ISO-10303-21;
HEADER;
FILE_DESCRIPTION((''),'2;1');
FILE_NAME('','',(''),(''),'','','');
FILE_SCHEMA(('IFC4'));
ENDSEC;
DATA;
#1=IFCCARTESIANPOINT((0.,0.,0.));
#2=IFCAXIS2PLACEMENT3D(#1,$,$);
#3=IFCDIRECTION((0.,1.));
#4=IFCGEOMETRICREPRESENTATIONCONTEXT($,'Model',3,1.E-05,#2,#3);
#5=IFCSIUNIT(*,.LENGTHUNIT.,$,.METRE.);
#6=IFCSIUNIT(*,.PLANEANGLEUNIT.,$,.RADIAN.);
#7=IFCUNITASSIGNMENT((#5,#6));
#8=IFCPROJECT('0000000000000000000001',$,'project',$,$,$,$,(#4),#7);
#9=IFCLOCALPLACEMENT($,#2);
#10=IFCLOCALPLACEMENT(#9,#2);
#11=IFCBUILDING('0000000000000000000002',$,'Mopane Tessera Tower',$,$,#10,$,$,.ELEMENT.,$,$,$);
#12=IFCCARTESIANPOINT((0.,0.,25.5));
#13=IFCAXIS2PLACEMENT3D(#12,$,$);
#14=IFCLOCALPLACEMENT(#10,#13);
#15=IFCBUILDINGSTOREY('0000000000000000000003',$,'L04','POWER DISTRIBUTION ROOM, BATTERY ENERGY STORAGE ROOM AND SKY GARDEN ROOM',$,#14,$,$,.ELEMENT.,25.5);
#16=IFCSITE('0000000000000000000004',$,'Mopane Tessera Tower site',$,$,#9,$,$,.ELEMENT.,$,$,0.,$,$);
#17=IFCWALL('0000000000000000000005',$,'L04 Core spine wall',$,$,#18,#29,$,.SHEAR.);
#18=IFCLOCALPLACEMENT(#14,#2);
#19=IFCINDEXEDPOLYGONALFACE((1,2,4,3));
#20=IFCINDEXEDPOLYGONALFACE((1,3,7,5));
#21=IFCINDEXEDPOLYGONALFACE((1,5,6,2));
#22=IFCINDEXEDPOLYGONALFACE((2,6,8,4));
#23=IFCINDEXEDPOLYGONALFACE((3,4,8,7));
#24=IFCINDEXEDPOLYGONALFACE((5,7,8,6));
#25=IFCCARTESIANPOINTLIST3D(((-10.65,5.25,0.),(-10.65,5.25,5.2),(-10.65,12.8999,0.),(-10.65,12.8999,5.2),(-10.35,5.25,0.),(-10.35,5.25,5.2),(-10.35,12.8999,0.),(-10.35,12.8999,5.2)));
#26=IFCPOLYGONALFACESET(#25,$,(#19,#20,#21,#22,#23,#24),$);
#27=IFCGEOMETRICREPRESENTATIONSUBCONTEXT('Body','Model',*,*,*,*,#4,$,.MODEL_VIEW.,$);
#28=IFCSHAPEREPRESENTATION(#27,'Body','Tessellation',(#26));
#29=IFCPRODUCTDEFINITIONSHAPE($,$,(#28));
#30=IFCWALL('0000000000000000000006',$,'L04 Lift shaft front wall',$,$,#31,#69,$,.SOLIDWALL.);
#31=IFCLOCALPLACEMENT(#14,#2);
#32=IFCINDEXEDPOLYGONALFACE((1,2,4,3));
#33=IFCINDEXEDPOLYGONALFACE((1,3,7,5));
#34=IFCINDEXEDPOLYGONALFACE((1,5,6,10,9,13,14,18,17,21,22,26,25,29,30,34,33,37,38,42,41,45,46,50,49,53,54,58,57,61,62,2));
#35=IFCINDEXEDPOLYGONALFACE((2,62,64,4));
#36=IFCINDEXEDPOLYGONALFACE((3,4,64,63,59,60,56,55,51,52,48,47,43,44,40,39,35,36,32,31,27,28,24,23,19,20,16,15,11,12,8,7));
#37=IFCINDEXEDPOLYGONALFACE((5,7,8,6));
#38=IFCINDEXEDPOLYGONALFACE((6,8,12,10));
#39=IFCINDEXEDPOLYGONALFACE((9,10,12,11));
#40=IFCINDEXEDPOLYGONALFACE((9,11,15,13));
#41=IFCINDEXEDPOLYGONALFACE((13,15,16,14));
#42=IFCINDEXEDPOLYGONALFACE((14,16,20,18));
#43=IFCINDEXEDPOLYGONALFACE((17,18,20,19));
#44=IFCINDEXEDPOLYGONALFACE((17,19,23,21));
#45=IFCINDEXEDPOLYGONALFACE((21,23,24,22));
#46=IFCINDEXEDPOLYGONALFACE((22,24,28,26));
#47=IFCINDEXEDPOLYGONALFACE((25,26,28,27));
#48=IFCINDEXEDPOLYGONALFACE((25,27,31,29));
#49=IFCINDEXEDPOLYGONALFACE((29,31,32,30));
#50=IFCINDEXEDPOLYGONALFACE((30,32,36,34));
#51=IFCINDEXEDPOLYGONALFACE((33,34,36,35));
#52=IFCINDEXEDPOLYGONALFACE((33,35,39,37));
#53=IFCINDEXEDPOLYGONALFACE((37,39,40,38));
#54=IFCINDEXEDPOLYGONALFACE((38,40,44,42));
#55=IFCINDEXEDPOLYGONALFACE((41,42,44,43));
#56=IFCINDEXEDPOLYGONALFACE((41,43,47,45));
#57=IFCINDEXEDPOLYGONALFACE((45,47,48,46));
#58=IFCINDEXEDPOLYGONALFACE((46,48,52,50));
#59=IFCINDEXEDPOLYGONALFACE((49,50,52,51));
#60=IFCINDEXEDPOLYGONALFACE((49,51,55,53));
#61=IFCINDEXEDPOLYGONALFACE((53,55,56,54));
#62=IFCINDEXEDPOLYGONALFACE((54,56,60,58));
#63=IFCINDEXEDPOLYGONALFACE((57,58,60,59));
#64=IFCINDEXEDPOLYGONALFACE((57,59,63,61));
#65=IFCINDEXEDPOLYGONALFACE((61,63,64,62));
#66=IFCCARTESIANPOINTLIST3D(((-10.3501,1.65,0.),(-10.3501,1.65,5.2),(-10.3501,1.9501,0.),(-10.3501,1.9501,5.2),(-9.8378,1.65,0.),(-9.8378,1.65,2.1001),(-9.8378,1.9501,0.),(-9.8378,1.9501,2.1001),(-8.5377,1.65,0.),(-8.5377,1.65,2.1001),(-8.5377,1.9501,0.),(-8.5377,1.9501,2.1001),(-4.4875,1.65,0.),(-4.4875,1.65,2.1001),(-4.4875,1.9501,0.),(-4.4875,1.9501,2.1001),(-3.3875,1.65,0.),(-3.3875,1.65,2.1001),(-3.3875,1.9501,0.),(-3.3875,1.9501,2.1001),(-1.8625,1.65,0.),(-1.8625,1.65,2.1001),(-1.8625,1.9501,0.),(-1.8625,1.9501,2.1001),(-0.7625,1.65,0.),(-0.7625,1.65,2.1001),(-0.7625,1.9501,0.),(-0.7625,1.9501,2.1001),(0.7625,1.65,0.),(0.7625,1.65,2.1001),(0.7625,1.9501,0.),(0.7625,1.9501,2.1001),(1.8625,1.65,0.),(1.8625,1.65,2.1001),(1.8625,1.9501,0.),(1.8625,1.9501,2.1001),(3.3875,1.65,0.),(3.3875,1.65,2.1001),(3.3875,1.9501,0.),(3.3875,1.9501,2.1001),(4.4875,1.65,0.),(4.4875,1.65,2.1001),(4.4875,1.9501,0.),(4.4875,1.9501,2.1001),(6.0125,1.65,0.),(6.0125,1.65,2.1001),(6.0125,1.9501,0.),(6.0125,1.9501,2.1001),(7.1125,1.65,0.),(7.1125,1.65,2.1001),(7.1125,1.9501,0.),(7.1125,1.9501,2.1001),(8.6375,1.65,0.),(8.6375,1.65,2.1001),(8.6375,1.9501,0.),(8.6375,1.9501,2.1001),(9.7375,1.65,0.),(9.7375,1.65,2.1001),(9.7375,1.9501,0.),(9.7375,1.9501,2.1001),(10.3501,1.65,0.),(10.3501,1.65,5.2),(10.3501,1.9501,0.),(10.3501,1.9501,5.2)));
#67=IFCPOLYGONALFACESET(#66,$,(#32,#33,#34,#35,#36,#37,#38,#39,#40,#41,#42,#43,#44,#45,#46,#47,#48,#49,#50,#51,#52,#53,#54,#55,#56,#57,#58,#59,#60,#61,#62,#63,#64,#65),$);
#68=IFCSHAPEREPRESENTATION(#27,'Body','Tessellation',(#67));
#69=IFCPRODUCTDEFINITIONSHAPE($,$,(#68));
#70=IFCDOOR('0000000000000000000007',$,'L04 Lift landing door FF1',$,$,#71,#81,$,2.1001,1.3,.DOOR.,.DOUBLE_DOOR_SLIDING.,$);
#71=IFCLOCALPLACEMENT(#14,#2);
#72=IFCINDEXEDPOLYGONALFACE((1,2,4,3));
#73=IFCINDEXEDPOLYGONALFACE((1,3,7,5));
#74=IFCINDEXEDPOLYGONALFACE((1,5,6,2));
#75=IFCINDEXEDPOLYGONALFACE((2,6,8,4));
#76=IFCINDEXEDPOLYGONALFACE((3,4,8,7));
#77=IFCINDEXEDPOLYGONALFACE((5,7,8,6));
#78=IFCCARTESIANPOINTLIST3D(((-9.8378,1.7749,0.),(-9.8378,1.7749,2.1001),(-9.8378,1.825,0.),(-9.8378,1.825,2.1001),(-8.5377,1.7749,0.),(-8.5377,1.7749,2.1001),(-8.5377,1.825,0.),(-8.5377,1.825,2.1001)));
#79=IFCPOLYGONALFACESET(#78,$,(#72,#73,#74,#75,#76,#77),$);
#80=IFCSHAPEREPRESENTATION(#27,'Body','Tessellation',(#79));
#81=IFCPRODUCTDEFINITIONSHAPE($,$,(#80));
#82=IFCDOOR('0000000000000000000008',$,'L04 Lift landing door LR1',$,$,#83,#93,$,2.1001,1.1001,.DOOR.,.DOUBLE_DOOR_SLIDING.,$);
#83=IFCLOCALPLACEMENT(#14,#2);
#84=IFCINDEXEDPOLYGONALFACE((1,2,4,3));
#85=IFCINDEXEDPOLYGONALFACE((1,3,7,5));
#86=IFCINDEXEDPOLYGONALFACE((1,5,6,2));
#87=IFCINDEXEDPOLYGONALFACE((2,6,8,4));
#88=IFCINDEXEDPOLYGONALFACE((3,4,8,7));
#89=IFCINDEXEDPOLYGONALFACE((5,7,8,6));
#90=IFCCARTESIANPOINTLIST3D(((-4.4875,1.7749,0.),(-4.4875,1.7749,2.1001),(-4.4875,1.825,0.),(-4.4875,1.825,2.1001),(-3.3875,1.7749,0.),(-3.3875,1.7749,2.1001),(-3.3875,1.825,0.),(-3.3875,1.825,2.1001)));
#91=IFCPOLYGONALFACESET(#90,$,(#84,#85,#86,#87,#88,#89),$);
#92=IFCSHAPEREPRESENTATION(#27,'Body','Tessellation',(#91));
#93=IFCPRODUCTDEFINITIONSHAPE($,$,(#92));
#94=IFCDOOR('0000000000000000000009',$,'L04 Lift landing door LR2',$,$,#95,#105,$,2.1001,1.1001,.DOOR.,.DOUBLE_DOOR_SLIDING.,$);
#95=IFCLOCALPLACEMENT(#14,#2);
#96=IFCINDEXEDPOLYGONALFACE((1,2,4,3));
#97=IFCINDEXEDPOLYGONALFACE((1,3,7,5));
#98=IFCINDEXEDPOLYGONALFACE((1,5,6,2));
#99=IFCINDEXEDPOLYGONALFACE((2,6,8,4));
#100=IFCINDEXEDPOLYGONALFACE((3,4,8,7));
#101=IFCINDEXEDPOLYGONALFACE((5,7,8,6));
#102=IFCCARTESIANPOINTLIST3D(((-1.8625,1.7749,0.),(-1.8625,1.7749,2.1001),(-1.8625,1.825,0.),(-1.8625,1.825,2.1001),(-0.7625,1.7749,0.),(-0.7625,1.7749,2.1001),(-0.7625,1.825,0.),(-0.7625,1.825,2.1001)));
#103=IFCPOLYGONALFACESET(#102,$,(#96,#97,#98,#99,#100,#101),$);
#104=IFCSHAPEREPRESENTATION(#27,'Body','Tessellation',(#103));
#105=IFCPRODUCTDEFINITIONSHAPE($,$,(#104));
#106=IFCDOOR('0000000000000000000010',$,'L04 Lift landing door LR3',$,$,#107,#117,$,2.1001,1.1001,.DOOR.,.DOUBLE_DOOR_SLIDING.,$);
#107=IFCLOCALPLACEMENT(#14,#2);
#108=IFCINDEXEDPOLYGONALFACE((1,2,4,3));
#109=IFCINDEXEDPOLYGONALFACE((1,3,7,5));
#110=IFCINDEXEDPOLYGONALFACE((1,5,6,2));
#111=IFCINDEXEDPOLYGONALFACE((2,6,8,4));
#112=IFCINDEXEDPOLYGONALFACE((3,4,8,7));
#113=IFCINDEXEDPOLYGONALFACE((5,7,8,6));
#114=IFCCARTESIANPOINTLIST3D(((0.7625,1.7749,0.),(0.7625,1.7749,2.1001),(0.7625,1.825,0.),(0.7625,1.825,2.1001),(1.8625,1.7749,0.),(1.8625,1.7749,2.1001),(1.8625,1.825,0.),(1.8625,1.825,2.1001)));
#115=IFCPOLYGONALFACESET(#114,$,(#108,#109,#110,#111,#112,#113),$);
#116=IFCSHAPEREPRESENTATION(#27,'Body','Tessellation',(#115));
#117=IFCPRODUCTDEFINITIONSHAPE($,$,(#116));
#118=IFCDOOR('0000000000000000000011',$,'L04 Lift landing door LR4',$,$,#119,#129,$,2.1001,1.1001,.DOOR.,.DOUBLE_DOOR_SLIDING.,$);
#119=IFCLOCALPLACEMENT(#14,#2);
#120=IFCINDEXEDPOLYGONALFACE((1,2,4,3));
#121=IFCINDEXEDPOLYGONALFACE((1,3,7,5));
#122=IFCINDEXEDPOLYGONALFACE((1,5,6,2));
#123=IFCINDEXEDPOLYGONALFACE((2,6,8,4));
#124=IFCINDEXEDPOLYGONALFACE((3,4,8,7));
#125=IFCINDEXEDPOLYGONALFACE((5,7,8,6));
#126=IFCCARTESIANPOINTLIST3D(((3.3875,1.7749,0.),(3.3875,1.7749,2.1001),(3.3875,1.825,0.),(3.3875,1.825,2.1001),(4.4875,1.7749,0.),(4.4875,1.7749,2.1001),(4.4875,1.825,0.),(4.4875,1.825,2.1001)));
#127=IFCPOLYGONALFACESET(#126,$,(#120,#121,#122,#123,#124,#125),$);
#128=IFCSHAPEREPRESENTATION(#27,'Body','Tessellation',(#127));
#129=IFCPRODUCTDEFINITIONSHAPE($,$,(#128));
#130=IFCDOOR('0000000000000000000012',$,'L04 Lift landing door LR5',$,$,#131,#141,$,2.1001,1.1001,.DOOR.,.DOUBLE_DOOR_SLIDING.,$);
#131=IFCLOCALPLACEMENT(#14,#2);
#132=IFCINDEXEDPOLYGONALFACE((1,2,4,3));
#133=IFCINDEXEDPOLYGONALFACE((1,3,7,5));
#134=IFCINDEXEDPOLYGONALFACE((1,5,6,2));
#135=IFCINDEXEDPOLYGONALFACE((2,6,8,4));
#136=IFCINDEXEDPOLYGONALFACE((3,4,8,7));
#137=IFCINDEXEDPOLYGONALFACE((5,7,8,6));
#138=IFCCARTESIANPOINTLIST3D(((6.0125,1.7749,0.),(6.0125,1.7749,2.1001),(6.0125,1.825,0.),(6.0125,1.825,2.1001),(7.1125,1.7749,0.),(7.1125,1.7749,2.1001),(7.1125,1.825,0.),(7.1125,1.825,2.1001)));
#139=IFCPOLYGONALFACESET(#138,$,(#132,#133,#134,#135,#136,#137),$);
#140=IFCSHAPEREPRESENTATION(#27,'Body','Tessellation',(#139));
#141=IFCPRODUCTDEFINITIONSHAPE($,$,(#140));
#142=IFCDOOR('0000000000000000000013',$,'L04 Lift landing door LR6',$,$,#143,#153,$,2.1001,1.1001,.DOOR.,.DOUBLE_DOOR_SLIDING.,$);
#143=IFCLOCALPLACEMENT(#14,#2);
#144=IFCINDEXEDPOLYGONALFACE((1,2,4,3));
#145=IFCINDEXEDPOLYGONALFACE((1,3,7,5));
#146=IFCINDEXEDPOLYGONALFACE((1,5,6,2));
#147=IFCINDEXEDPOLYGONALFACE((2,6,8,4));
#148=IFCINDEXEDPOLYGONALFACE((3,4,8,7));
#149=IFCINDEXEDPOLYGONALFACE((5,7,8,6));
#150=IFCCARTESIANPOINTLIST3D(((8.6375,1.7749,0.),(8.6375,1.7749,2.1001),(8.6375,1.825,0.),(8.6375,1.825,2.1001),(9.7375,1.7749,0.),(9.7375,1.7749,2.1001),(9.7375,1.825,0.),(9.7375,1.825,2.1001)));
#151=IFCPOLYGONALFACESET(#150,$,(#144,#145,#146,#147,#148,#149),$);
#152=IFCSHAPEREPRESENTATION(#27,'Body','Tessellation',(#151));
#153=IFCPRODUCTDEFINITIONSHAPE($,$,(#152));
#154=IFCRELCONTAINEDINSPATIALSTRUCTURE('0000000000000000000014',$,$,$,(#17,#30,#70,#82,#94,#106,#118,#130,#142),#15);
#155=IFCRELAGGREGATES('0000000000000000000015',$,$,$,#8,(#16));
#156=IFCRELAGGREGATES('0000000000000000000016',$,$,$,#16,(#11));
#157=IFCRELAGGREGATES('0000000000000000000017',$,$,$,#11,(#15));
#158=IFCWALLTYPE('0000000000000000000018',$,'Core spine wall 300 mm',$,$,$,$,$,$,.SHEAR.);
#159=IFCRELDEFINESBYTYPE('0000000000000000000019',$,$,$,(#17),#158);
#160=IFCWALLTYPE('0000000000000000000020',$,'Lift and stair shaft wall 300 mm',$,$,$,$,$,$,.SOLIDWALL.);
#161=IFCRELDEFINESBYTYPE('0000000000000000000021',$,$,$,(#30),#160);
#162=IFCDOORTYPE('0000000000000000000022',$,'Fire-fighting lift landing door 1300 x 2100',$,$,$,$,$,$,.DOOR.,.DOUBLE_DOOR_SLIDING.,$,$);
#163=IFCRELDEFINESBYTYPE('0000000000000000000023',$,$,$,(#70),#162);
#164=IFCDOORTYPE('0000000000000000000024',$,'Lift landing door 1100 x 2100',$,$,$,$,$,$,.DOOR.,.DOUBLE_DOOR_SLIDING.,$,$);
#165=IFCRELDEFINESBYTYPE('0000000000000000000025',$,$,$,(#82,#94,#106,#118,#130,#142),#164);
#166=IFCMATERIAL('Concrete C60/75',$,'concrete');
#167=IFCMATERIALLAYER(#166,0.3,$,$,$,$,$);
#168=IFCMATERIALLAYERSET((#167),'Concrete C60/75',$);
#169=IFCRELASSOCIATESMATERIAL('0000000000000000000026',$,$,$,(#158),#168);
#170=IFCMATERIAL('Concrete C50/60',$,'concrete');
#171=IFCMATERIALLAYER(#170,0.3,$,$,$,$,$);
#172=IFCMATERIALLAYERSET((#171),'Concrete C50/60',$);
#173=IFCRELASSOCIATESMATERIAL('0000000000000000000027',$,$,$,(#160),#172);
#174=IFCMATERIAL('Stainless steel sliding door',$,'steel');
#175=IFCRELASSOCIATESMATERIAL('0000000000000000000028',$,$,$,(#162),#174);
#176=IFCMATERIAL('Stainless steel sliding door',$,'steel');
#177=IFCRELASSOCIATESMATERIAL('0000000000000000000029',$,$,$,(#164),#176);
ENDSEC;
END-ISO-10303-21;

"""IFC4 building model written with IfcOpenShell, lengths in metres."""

from ifc_helpers import new_model, si_unit, direction, frame, frame_2d, origin, place, context, subcontext, project, spatial, rectangle, extrude, material, layer, layer_set, type_object, element, fill, save


model = new_model("IFC4")

# Units and contexts
model_context = context("Model", 3, precision=1e-05, world=origin(), true_north=direction((0.0, 1.0)))
body_context = subcontext(model_context, "Body", "Model", "MODEL_VIEW")
ifc_project = project(units=[si_unit("LENGTHUNIT", "METRE"), si_unit("PLANEANGLEUNIT", "RADIAN")], contexts=[model_context])

# Site, building, storey
site_placement = place(None, origin())
site = spatial("IfcSite", under=ifc_project, at=site_placement, Name="Mopane Tessera Tower site", CompositionType="ELEMENT", RefElevation=0.0)
building_placement = place(site_placement, origin())
building = spatial("IfcBuilding", under=site, at=building_placement, Name="Mopane Tessera Tower", CompositionType="ELEMENT")
storey_placement = place(building_placement, frame((0.0, 0.0, 25.5)))
storey = spatial("IfcBuildingStorey", under=building, at=storey_placement, Name="L04", Description="POWER DISTRIBUTION ROOM, BATTERY ENERGY STORAGE ROOM AND SKY GARDEN ROOM", CompositionType="ELEMENT", Elevation=25.5)

# Wall
ifc_material_1 = material(Name="Concrete C60/75", Category="concrete")
ifc_layer_1 = layer(ifc_material_1, 0.3)
ifc_layer_set_1 = layer_set([ifc_layer_1], Name="Concrete C60/75")
wall_type_1 = type_object("IfcWallType", Name="Core spine wall 300 mm", PredefinedType="SHEAR", material=ifc_layer_set_1)
wall_1_placement = place(storey_placement, frame((-10.5, 5.25, 0.0), z_axis=(0.0, 0.0, 1.0), x_axis=(0.0, 1.0, 0.0)))
element("IfcWall", 1, at=wall_1_placement, inside=storey, type_object=wall_type_1, Name="L04 Core spine wall", PredefinedType="SHEAR", context=body_context, shape_type="SweptSolid", body=[
    extrude(rectangle(XDim=7.6499, YDim=0.3, at=frame_2d((3.825, 0.0))), origin(), (0.0, 0.0, 1.0), 5.2),
])

# Wall, openings, doors
ifc_material_2 = material(Name="Concrete C50/60", Category="concrete")
ifc_layer_2 = layer(ifc_material_2, 0.3)
ifc_layer_set_2 = layer_set([ifc_layer_2], Name="Concrete C50/60")
wall_type_2 = type_object("IfcWallType", Name="Lift and stair shaft wall 300 mm", PredefinedType="SOLIDWALL", material=ifc_layer_set_2)
wall_2_placement = place(storey_placement, frame((-10.3501, 1.8, 0.0), z_axis=(0.0, 0.0, 1.0), x_axis=(1.0, 0.0, 0.0)))
wall_2 = element("IfcWall", 2, at=wall_2_placement, inside=storey, type_object=wall_type_2, Name="L04 Lift shaft front wall", PredefinedType="SOLIDWALL", context=body_context, shape_type="SweptSolid", body=[
    extrude(rectangle(XDim=20.7002, YDim=0.3, at=frame_2d((10.3501, 0.0))), origin(), (0.0, 0.0, 1.0), 5.2),
])
opening_1_placement = place(wall_2_placement, frame((0.5125, 0.0, 0.0)))
opening_1 = element("IfcOpeningElement", 3, at=opening_1_placement, cuts=wall_2, PredefinedType="OPENING", context=body_context, shape_type="SweptSolid", body=[
    extrude(rectangle(XDim=1.3, YDim=2.1001, at=frame_2d((0.6499, 1.05))), frame((0.0, 0.1621, 0.0), z_axis=(0.0, -1.0, 0.0), x_axis=(1.0, 0.0, 0.0)), (0.0, 0.0, 1.0), 0.324),
])
opening_2_placement = place(wall_2_placement, frame((5.8625, 0.0, 0.0)))
opening_2 = element("IfcOpeningElement", 4, at=opening_2_placement, cuts=wall_2, PredefinedType="OPENING", context=body_context, shape_type="SweptSolid", body=[
    extrude(rectangle(XDim=1.1001, YDim=2.1001, at=frame_2d((0.55, 1.05))), frame((0.0, 0.1621, 0.0), z_axis=(0.0, -1.0, 0.0), x_axis=(1.0, 0.0, 0.0)), (0.0, 0.0, 1.0), 0.324),
])
opening_3_placement = place(wall_2_placement, frame((8.4875, 0.0, 0.0)))
opening_3 = element("IfcOpeningElement", 5, at=opening_3_placement, cuts=wall_2, PredefinedType="OPENING", context=body_context, shape_type="SweptSolid", body=[
    extrude(rectangle(XDim=1.1001, YDim=2.1001, at=frame_2d((0.55, 1.05))), frame((0.0, 0.1621, 0.0), z_axis=(0.0, -1.0, 0.0), x_axis=(1.0, 0.0, 0.0)), (0.0, 0.0, 1.0), 0.324),
])
opening_4_placement = place(wall_2_placement, frame((11.1125, 0.0, 0.0)))
opening_4 = element("IfcOpeningElement", 6, at=opening_4_placement, cuts=wall_2, PredefinedType="OPENING", context=body_context, shape_type="SweptSolid", body=[
    extrude(rectangle(XDim=1.1001, YDim=2.1001, at=frame_2d((0.55, 1.05))), frame((0.0, 0.1621, 0.0), z_axis=(0.0, -1.0, 0.0), x_axis=(1.0, 0.0, 0.0)), (0.0, 0.0, 1.0), 0.324),
])
opening_5_placement = place(wall_2_placement, frame((13.7375, 0.0, 0.0)))
opening_5 = element("IfcOpeningElement", 7, at=opening_5_placement, cuts=wall_2, PredefinedType="OPENING", context=body_context, shape_type="SweptSolid", body=[
    extrude(rectangle(XDim=1.1001, YDim=2.1001, at=frame_2d((0.55, 1.05))), frame((0.0, 0.1621, 0.0), z_axis=(0.0, -1.0, 0.0), x_axis=(1.0, 0.0, 0.0)), (0.0, 0.0, 1.0), 0.324),
])
opening_6_placement = place(wall_2_placement, frame((16.3625, 0.0, 0.0)))
opening_6 = element("IfcOpeningElement", 8, at=opening_6_placement, cuts=wall_2, PredefinedType="OPENING", context=body_context, shape_type="SweptSolid", body=[
    extrude(rectangle(XDim=1.1001, YDim=2.1001, at=frame_2d((0.55, 1.05))), frame((0.0, 0.1621, 0.0), z_axis=(0.0, -1.0, 0.0), x_axis=(1.0, 0.0, 0.0)), (0.0, 0.0, 1.0), 0.324),
])
opening_7_placement = place(wall_2_placement, frame((18.9875, 0.0, 0.0)))
opening_7 = element("IfcOpeningElement", 9, at=opening_7_placement, cuts=wall_2, PredefinedType="OPENING", context=body_context, shape_type="SweptSolid", body=[
    extrude(rectangle(XDim=1.1001, YDim=2.1001, at=frame_2d((0.55, 1.05))), frame((0.0, 0.1621, 0.0), z_axis=(0.0, -1.0, 0.0), x_axis=(1.0, 0.0, 0.0)), (0.0, 0.0, 1.0), 0.324),
])
ifc_material_3 = material(Name="Stainless steel sliding door", Category="steel")
door_type_1 = type_object("IfcDoorType", Name="Fire-fighting lift landing door 1300 x 2100", OperationType="DOUBLE_DOOR_SLIDING", PredefinedType="DOOR", material=ifc_material_3)
door_1_placement = place(opening_1_placement, origin())
door_1 = element("IfcDoor", 10, at=door_1_placement, inside=storey, type_object=door_type_1, Name="L04 Lift landing door FF1", OperationType="DOUBLE_DOOR_SLIDING", OverallHeight=2.1001, OverallWidth=1.3, PredefinedType="DOOR", context=body_context, shape_type="SweptSolid", body=[
    extrude(rectangle(XDim=1.3, YDim=2.1001, at=frame_2d((0.6499, 1.05))), frame((0.0, 0.0249, 0.0), z_axis=(0.0, -1.0, 0.0), x_axis=(1.0, 0.0, 0.0)), (0.0, 0.0, 1.0), 0.05),
])
fill(opening_1, door_1)
ifc_material_4 = material(Name="Stainless steel sliding door", Category="steel")
door_type_2 = type_object("IfcDoorType", Name="Lift landing door 1100 x 2100", OperationType="DOUBLE_DOOR_SLIDING", PredefinedType="DOOR", material=ifc_material_4)
door_2_placement = place(opening_2_placement, origin())
door_2 = element("IfcDoor", 11, at=door_2_placement, inside=storey, type_object=door_type_2, Name="L04 Lift landing door LR1", OperationType="DOUBLE_DOOR_SLIDING", OverallHeight=2.1001, OverallWidth=1.1001, PredefinedType="DOOR", context=body_context, shape_type="SweptSolid", body=[
    extrude(rectangle(XDim=1.1001, YDim=2.1001, at=frame_2d((0.55, 1.05))), frame((0.0, 0.0249, 0.0), z_axis=(0.0, -1.0, 0.0), x_axis=(1.0, 0.0, 0.0)), (0.0, 0.0, 1.0), 0.05),
])
fill(opening_2, door_2)
door_3_placement = place(opening_3_placement, origin())
door_3 = element("IfcDoor", 12, at=door_3_placement, inside=storey, type_object=door_type_2, Name="L04 Lift landing door LR2", OperationType="DOUBLE_DOOR_SLIDING", OverallHeight=2.1001, OverallWidth=1.1001, PredefinedType="DOOR", context=body_context, shape_type="SweptSolid", body=[
    extrude(rectangle(XDim=1.1001, YDim=2.1001, at=frame_2d((0.55, 1.05))), frame((0.0, 0.0249, 0.0), z_axis=(0.0, -1.0, 0.0), x_axis=(1.0, 0.0, 0.0)), (0.0, 0.0, 1.0), 0.05),
])
fill(opening_3, door_3)
door_4_placement = place(opening_4_placement, origin())
door_4 = element("IfcDoor", 13, at=door_4_placement, inside=storey, type_object=door_type_2, Name="L04 Lift landing door LR3", OperationType="DOUBLE_DOOR_SLIDING", OverallHeight=2.1001, OverallWidth=1.1001, PredefinedType="DOOR", context=body_context, shape_type="SweptSolid", body=[
    extrude(rectangle(XDim=1.1001, YDim=2.1001, at=frame_2d((0.55, 1.05))), frame((0.0, 0.0249, 0.0), z_axis=(0.0, -1.0, 0.0), x_axis=(1.0, 0.0, 0.0)), (0.0, 0.0, 1.0), 0.05),
])
fill(opening_4, door_4)
door_5_placement = place(opening_5_placement, origin())
door_5 = element("IfcDoor", 14, at=door_5_placement, inside=storey, type_object=door_type_2, Name="L04 Lift landing door LR4", OperationType="DOUBLE_DOOR_SLIDING", OverallHeight=2.1001, OverallWidth=1.1001, PredefinedType="DOOR", context=body_context, shape_type="SweptSolid", body=[
    extrude(rectangle(XDim=1.1001, YDim=2.1001, at=frame_2d((0.55, 1.05))), frame((0.0, 0.0249, 0.0), z_axis=(0.0, -1.0, 0.0), x_axis=(1.0, 0.0, 0.0)), (0.0, 0.0, 1.0), 0.05),
])
fill(opening_5, door_5)
door_6_placement = place(opening_6_placement, origin())
door_6 = element("IfcDoor", 15, at=door_6_placement, inside=storey, type_object=door_type_2, Name="L04 Lift landing door LR5", OperationType="DOUBLE_DOOR_SLIDING", OverallHeight=2.1001, OverallWidth=1.1001, PredefinedType="DOOR", context=body_context, shape_type="SweptSolid", body=[
    extrude(rectangle(XDim=1.1001, YDim=2.1001, at=frame_2d((0.55, 1.05))), frame((0.0, 0.0249, 0.0), z_axis=(0.0, -1.0, 0.0), x_axis=(1.0, 0.0, 0.0)), (0.0, 0.0, 1.0), 0.05),
])
fill(opening_6, door_6)
door_7_placement = place(opening_7_placement, origin())
door_7 = element("IfcDoor", 16, at=door_7_placement, inside=storey, type_object=door_type_2, Name="L04 Lift landing door LR6", OperationType="DOUBLE_DOOR_SLIDING", OverallHeight=2.1001, OverallWidth=1.1001, PredefinedType="DOOR", context=body_context, shape_type="SweptSolid", body=[
    extrude(rectangle(XDim=1.1001, YDim=2.1001, at=frame_2d((0.55, 1.05))), frame((0.0, 0.0249, 0.0), z_axis=(0.0, -1.0, 0.0), x_axis=(1.0, 0.0, 0.0)), (0.0, 0.0, 1.0), 0.05),
])
fill(opening_7, door_7)

save(model, "model.ifc")
